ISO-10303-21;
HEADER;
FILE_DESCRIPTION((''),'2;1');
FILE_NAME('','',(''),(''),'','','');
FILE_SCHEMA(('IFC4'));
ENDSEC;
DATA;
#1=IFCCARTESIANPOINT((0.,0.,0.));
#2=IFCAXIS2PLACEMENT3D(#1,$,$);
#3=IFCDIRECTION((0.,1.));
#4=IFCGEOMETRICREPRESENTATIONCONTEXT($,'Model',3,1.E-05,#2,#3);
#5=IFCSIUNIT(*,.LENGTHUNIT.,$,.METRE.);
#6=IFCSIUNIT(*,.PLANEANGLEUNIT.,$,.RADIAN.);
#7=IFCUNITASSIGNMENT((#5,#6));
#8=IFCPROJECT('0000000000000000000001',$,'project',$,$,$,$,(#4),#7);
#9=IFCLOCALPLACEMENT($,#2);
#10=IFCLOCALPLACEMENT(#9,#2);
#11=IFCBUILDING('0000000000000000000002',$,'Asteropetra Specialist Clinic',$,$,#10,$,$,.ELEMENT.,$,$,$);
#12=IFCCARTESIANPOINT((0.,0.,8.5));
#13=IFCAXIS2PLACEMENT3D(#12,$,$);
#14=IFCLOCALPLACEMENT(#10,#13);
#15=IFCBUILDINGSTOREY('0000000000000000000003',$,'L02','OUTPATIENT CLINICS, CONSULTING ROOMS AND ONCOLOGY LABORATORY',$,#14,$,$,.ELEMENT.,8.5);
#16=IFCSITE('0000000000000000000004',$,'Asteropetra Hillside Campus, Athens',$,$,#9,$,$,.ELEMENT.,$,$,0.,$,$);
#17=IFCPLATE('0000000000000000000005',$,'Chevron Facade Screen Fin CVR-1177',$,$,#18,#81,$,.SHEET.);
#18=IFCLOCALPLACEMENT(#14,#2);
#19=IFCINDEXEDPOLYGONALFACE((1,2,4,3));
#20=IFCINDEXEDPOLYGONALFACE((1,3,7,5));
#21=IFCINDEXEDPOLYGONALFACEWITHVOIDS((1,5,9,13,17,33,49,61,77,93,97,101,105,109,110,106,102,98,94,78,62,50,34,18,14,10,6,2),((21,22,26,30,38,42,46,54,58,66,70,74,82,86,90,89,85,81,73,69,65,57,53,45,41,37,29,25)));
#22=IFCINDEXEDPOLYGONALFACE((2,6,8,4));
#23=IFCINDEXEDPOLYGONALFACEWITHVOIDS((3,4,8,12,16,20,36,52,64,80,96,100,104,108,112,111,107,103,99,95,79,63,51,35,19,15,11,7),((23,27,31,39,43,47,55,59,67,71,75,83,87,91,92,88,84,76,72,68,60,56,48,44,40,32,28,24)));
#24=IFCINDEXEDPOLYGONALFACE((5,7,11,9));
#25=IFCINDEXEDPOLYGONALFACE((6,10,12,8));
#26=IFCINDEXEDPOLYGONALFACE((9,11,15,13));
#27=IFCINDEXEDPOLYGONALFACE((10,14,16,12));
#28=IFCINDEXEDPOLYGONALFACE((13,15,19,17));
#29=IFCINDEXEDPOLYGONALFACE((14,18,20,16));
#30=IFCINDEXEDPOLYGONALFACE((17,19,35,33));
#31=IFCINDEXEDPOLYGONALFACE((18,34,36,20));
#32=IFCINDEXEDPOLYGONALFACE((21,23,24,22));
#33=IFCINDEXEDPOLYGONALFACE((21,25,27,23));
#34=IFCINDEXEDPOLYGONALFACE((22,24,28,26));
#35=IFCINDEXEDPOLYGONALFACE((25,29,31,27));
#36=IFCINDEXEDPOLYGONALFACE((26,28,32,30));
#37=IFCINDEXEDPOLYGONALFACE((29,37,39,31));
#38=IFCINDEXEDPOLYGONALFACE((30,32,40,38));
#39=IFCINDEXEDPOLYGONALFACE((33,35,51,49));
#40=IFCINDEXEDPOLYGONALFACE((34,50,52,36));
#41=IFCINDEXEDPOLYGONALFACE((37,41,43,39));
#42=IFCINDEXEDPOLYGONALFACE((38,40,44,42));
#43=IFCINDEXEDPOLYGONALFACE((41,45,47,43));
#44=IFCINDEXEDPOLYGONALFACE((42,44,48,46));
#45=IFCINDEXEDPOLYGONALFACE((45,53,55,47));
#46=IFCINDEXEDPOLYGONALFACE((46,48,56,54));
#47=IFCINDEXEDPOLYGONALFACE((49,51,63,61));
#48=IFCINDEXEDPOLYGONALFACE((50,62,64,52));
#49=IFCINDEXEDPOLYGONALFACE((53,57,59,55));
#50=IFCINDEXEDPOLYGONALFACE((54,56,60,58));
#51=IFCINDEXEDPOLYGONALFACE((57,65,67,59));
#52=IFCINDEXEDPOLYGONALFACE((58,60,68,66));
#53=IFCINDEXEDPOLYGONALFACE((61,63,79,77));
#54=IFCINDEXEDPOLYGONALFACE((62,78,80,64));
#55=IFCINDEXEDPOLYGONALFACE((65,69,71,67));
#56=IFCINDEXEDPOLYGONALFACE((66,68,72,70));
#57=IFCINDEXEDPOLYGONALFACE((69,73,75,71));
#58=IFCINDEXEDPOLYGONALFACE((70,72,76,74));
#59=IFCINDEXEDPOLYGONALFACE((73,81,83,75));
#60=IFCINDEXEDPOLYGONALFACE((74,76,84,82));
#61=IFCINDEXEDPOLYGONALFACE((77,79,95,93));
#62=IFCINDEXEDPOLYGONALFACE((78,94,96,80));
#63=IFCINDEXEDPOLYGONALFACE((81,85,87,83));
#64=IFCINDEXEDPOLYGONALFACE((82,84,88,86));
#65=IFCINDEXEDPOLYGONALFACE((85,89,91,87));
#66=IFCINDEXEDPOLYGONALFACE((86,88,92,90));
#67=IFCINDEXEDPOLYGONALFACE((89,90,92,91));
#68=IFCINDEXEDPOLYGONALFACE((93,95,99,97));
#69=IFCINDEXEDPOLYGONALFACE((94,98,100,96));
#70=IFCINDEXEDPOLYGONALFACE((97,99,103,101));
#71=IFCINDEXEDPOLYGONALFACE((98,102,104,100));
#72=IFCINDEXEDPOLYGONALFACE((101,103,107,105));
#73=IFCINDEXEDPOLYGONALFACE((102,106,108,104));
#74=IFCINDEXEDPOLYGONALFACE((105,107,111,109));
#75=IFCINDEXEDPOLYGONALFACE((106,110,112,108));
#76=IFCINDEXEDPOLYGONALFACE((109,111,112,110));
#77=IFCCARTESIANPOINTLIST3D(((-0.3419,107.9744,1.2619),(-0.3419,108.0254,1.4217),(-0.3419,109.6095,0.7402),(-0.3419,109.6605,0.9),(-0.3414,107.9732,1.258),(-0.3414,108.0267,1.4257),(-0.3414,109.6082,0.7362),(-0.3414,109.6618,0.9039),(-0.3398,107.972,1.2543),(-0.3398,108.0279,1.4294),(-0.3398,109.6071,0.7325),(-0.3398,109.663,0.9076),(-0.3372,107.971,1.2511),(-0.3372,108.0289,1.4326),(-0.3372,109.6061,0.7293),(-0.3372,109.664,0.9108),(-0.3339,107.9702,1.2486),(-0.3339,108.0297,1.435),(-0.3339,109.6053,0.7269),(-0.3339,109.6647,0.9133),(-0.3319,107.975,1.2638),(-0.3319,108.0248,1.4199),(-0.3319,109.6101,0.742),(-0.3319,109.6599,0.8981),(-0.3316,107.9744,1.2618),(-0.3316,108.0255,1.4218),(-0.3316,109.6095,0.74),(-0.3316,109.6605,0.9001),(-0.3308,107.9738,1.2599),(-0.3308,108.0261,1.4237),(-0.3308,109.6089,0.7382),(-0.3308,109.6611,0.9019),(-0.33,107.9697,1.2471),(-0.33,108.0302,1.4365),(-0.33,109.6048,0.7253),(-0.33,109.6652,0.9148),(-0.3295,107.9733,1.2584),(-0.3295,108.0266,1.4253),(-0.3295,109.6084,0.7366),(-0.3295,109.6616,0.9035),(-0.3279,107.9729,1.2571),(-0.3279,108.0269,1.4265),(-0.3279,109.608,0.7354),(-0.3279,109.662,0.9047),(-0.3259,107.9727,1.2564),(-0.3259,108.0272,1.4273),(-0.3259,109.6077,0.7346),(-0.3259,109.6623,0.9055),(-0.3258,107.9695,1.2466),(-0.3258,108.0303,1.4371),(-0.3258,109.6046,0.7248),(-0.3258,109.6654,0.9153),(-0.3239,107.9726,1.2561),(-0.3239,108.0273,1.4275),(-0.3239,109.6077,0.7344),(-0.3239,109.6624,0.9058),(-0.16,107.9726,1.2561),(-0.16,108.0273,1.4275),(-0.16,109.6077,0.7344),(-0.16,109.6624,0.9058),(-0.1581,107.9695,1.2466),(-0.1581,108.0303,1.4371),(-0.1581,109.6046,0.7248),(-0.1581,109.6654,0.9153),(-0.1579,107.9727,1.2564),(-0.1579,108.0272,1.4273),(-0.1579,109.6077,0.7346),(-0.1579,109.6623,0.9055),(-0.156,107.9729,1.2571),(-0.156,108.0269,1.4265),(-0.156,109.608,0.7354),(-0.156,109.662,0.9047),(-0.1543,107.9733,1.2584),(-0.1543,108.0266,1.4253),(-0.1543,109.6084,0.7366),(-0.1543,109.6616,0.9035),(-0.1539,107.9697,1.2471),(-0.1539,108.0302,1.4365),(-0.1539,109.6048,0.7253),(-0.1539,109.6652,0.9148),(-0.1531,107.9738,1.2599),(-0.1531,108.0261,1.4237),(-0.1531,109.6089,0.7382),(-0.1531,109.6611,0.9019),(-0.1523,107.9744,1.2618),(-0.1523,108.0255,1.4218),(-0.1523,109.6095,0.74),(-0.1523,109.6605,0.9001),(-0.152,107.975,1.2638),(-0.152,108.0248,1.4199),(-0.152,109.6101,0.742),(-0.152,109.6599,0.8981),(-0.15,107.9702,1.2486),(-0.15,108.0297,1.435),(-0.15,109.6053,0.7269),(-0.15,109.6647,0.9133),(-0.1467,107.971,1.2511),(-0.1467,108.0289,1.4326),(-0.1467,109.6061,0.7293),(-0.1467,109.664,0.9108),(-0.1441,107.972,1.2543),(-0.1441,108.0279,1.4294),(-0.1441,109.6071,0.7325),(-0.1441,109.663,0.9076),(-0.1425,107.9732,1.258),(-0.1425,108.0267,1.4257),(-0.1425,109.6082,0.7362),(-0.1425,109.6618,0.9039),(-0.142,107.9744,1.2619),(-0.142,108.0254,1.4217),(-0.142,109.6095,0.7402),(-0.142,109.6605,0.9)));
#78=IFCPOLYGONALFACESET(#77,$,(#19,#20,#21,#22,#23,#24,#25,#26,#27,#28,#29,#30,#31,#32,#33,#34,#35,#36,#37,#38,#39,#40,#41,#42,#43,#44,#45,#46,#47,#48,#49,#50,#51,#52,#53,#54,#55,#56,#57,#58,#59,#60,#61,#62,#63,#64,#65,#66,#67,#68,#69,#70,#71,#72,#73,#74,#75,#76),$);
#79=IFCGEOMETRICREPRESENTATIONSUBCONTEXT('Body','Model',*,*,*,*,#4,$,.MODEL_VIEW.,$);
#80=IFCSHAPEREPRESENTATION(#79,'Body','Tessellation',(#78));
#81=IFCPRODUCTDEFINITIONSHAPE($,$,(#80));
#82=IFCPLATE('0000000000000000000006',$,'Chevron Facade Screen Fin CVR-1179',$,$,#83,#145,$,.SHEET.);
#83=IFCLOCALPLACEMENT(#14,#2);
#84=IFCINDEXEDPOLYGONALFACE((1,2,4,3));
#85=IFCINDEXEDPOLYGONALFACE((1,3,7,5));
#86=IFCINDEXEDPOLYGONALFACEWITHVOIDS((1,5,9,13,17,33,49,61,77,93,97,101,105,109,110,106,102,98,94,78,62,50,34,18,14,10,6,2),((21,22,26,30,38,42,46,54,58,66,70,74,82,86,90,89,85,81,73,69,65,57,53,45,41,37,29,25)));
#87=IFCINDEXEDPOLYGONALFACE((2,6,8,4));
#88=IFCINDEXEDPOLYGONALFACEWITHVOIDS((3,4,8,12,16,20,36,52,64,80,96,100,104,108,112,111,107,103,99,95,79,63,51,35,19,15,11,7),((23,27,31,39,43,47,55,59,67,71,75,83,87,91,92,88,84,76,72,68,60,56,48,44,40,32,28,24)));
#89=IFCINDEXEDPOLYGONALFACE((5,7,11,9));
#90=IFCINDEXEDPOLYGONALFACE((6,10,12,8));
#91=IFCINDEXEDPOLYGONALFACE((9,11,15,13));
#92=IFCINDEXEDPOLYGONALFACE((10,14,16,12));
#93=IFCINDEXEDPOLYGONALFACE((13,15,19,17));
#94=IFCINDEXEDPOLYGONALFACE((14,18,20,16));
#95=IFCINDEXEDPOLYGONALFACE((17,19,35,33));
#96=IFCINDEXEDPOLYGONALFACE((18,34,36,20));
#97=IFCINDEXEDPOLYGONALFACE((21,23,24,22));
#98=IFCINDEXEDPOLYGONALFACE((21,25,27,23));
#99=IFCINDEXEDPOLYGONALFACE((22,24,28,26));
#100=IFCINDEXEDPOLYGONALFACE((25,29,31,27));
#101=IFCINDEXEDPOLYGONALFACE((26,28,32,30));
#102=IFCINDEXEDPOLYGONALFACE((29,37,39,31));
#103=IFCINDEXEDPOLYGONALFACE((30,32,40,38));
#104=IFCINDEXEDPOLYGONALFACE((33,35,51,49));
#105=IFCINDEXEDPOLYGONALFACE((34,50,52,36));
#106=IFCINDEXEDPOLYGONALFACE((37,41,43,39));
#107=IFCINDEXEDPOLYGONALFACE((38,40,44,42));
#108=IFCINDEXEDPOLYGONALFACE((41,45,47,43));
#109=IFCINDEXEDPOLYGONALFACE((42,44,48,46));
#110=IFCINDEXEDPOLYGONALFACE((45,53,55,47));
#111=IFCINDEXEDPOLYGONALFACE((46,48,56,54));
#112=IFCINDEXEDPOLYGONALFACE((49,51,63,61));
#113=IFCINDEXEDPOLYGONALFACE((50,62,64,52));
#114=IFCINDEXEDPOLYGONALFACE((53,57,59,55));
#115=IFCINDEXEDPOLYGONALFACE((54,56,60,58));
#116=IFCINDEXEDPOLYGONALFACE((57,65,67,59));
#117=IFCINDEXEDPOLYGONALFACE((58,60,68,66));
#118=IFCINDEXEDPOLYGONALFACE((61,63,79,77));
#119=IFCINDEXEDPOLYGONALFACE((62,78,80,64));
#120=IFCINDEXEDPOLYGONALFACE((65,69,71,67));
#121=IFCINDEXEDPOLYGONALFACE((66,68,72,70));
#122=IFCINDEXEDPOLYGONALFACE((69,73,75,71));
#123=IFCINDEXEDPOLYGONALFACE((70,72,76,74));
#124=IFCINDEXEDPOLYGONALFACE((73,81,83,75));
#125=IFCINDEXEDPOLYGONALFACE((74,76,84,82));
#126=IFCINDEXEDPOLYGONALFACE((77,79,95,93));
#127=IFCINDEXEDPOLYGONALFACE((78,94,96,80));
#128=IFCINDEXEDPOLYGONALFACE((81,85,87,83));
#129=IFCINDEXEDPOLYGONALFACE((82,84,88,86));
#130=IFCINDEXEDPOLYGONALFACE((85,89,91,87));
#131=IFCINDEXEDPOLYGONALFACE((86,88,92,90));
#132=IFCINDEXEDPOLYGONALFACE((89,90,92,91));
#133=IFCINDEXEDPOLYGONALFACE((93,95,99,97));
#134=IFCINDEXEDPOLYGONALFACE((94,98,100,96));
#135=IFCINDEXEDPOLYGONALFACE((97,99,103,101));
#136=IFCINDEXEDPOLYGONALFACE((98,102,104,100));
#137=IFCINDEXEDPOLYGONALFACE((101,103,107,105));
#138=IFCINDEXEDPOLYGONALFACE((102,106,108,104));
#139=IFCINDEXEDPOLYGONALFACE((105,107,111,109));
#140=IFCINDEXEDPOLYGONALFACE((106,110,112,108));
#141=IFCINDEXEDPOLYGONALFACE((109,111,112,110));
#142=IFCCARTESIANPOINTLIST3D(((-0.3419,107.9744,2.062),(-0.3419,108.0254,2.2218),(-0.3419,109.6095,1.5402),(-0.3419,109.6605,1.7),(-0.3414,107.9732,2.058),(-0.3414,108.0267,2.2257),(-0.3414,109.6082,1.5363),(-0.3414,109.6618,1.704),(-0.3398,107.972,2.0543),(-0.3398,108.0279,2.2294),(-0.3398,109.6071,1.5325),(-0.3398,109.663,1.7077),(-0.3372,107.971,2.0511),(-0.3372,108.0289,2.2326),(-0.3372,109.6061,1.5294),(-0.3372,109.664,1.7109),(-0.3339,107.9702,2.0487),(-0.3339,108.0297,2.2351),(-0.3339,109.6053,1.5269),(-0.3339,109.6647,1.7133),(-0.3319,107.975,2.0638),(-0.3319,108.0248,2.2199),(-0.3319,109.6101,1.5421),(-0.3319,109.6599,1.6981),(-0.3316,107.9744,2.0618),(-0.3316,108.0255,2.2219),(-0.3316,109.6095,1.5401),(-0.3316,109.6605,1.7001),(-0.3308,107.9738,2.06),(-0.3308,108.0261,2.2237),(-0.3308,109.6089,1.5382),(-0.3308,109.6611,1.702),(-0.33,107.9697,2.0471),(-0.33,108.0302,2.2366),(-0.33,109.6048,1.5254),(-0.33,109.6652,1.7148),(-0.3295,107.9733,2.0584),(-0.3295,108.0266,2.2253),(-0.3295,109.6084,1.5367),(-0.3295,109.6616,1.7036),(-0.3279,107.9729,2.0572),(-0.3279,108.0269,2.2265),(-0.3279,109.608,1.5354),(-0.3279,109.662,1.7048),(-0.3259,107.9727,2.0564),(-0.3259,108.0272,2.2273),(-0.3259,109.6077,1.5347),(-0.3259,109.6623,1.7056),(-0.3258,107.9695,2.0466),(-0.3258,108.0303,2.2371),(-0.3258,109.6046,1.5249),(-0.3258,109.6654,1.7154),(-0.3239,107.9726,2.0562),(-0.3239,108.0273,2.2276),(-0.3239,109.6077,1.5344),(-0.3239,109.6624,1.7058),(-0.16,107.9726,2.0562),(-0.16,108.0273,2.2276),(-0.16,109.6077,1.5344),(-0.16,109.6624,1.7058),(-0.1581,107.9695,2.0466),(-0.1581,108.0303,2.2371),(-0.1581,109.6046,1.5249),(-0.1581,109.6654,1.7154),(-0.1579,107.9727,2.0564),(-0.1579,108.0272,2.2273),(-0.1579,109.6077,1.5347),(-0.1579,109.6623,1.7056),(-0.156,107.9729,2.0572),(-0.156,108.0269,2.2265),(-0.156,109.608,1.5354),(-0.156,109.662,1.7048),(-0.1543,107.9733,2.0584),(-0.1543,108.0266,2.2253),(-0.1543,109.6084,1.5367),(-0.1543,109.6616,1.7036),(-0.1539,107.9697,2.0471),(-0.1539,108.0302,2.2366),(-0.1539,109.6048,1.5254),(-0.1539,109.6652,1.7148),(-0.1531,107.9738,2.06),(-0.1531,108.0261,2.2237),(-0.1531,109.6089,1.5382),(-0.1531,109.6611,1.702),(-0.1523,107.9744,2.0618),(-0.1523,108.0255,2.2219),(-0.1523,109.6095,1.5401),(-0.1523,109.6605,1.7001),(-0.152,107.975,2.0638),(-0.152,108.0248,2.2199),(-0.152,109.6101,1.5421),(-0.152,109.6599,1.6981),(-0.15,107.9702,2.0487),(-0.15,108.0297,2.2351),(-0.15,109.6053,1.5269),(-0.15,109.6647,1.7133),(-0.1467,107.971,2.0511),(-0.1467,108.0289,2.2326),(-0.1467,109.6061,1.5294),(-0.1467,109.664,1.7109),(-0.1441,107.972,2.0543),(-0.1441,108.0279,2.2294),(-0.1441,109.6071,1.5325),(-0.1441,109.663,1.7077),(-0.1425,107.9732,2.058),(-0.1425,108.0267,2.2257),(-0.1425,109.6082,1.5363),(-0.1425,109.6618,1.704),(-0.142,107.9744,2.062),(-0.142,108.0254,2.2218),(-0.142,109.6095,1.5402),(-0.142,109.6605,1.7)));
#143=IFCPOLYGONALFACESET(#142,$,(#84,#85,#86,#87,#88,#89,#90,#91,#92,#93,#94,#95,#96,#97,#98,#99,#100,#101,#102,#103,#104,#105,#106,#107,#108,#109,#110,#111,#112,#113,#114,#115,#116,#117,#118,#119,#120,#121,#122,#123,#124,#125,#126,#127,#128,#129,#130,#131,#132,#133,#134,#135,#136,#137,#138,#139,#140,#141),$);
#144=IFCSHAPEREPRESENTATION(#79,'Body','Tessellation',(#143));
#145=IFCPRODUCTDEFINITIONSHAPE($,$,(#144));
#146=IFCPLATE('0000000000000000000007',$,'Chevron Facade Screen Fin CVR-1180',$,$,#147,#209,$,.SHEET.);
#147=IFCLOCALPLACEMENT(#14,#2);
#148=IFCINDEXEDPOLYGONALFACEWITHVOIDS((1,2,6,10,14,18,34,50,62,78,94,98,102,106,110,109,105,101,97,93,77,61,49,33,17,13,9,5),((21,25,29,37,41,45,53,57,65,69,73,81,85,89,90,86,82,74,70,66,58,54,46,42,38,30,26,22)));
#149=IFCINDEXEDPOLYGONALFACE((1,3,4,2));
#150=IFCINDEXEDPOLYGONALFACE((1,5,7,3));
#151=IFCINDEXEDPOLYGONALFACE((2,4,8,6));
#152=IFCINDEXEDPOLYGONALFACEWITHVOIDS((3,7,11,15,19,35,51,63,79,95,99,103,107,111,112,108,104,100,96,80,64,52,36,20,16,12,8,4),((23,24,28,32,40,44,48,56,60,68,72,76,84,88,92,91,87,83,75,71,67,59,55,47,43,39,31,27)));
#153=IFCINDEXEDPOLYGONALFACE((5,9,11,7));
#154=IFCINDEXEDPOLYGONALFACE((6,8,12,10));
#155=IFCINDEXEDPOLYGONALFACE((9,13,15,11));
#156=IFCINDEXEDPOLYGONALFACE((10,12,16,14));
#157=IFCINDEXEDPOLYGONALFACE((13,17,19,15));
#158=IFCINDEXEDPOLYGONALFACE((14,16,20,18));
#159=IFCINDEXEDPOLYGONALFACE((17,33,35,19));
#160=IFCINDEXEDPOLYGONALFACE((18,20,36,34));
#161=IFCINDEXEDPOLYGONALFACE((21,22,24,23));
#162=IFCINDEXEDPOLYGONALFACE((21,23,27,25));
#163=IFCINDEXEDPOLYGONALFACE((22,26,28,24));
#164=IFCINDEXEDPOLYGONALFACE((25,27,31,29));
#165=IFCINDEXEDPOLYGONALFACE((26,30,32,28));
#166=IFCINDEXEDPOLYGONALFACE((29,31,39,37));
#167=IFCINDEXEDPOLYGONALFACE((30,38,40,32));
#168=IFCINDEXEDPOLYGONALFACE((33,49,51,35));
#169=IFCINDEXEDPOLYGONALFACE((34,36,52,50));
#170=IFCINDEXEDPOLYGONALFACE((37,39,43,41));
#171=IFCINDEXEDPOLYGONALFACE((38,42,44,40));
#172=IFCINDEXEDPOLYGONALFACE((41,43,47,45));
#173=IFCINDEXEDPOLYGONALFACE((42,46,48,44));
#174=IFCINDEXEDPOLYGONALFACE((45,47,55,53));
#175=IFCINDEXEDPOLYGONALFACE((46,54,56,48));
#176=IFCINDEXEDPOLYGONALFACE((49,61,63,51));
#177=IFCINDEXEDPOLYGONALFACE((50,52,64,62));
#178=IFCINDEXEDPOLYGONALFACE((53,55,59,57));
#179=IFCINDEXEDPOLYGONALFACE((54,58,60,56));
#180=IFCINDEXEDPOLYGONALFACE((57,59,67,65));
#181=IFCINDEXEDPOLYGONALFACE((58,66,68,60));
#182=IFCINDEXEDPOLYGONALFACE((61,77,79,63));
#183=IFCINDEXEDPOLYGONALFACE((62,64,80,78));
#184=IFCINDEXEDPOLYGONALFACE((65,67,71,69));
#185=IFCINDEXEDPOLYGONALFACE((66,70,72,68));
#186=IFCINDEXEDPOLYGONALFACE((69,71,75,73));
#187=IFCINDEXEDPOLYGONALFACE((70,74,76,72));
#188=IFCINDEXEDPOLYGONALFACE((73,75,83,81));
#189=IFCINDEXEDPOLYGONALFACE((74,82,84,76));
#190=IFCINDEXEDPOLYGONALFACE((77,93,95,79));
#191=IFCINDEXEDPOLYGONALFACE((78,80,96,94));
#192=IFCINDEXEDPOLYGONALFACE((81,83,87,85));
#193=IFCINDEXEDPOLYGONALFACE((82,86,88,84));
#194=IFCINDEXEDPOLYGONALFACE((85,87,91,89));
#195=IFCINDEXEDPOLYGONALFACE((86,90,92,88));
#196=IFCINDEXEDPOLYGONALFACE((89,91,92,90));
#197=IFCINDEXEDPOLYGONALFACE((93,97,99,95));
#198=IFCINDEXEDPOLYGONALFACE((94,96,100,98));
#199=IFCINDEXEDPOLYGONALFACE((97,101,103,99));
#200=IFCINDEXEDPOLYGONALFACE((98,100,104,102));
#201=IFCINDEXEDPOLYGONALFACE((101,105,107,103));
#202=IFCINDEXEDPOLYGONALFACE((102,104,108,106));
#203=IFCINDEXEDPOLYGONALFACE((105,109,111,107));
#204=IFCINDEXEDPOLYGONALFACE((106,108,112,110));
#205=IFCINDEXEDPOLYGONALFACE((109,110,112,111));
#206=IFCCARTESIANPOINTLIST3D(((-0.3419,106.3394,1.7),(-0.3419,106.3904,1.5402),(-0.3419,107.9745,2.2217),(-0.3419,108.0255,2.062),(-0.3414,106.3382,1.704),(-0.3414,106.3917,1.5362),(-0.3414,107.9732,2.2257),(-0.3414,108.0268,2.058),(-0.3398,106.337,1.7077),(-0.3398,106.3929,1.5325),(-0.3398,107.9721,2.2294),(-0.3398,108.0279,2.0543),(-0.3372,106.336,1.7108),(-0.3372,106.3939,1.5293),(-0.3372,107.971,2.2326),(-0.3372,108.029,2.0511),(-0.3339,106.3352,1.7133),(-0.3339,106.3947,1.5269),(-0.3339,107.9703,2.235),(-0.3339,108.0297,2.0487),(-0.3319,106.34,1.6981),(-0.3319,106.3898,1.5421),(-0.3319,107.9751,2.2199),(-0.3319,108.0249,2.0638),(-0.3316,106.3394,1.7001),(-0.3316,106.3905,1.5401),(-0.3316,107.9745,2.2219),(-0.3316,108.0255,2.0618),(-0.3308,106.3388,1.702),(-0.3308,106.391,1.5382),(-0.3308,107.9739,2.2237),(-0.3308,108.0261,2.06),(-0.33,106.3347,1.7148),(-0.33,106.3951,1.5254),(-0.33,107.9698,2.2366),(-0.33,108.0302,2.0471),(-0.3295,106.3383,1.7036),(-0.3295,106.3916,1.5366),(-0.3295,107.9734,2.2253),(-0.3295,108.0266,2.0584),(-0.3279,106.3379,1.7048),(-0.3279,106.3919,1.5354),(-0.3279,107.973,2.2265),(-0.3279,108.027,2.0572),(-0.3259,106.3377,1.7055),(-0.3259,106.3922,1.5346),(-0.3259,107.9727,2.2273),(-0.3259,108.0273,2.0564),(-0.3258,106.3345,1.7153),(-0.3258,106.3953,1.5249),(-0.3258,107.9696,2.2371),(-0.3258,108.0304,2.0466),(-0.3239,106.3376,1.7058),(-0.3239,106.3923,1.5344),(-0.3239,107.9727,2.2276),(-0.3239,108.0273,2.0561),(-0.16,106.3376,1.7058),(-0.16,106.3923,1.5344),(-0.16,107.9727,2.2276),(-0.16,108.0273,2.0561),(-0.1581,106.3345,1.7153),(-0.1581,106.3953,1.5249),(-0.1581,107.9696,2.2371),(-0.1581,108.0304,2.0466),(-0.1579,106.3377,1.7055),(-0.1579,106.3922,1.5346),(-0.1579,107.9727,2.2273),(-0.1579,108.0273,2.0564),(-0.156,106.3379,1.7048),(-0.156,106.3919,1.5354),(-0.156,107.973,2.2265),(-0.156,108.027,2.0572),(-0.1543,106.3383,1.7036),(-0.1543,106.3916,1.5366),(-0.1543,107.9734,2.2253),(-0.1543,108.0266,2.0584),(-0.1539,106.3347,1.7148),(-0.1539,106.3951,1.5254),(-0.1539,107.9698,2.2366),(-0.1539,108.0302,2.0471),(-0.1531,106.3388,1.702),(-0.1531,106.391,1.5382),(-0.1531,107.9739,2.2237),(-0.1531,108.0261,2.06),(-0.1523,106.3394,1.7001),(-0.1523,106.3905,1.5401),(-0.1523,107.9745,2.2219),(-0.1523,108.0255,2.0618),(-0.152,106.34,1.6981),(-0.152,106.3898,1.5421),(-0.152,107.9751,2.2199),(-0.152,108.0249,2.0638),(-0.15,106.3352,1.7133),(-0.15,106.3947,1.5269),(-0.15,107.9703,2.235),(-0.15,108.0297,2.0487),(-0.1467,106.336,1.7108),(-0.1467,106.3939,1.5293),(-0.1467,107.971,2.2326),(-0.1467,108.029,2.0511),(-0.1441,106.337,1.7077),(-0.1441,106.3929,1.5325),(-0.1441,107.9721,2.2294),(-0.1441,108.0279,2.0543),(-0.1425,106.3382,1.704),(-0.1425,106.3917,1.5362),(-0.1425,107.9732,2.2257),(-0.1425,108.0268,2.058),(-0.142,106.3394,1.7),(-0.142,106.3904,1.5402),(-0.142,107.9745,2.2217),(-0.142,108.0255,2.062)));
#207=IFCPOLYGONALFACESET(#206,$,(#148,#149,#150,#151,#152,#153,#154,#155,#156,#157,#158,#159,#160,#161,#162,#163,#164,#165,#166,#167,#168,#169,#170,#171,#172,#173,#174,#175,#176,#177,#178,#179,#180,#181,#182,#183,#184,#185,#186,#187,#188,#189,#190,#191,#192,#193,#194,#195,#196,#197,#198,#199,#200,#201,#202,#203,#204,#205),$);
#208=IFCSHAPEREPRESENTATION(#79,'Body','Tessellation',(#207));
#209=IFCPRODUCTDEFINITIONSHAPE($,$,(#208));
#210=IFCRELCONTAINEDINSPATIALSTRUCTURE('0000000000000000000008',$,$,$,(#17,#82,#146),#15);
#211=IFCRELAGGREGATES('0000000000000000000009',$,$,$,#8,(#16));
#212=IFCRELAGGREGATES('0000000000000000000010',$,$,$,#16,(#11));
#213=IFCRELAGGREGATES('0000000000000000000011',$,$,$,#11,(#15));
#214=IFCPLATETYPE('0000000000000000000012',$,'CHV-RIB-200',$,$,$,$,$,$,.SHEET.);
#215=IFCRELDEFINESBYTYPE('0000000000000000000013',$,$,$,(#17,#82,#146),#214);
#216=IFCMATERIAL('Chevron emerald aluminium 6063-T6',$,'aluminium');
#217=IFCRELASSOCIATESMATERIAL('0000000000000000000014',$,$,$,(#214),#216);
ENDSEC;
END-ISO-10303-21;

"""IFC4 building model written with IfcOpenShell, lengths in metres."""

from ifc_helpers import new_model, si_unit, direction, frame, origin, origin_2d, place, context, subcontext, project, spatial, hollow_rectangle, extrude, material, material_profile, profile_set, type_object, element, save


model = new_model("IFC4")

# Units and contexts
model_context = context("Model", 3, precision=1e-05, world=origin(), true_north=direction((0.0, 1.0)))
body_context = subcontext(model_context, "Body", "Model", "MODEL_VIEW")
ifc_project = project(units=[si_unit("LENGTHUNIT", "METRE"), si_unit("PLANEANGLEUNIT", "RADIAN")], contexts=[model_context])

# Site, building, storey
site_placement = place(None, origin())
site = spatial("IfcSite", under=ifc_project, at=site_placement, Name="Asteropetra Hillside Campus, Athens", CompositionType="ELEMENT", RefElevation=0.0)
building_placement = place(site_placement, origin())
building = spatial("IfcBuilding", under=site, at=building_placement, Name="Asteropetra Specialist Clinic", CompositionType="ELEMENT")
storey_placement = place(building_placement, frame((0.0, 0.0, 8.5)))
storey = spatial("IfcBuildingStorey", under=building, at=storey_placement, Name="L02", Description="OUTPATIENT CLINICS, CONSULTING ROOMS AND ONCOLOGY LABORATORY", CompositionType="ELEMENT", Elevation=8.5)

# Plates
ifc_material_1 = material(Name="Chevron emerald aluminium 6063-T6", Category="aluminium")
ifc_material_profile_1 = material_profile(ifc_material_1, hollow_rectangle(XDim=0.2, YDim=0.2, WallThickness=0.01, InnerFilletRadius=0.0081, OuterFilletRadius=0.0161, at=origin_2d()), Name="SHS 200x200x10.0")
ifc_profile_set_1 = profile_set([ifc_material_profile_1], Name="Chevron emerald aluminium 6063-T6")
plate_type_1 = type_object("IfcPlateType", Name="CHV-RIB-200", PredefinedType="SHEET", material=ifc_profile_set_1)
for number, where, z_axis, x_axis, name in (
    (1, (-0.2419, 109.635, 0.8201), (0.0, -0.952673, 0.303996), (1.0, 0.0, 0.0), "Chevron Facade Screen Fin CVR-1177"),
    (2, (-0.2419, 109.635, 1.6201), (0.0, -0.952673, 0.303996), (1.0, 0.0, 0.0), "Chevron Facade Screen Fin CVR-1179"),
    (3, (-0.2419, 108.0, 2.1418), (0.0, -0.952673, -0.303996), (1.0, 0.0, 0.0), "Chevron Facade Screen Fin CVR-1180"),
):
    element("IfcPlate", number, at=place(storey_placement, frame(where, z_axis=z_axis, x_axis=x_axis)), inside=storey, type_object=plate_type_1, Name=name, PredefinedType="SHEET", context=body_context, shape_type="SweptSolid", body=[
        extrude(hollow_rectangle(XDim=0.2, YDim=0.2, WallThickness=0.01, InnerFilletRadius=0.0081, OuterFilletRadius=0.0161, at=origin_2d()), origin(), (0.0, 0.0, 1.0), 1.7163),
    ])

save(model, "model.ifc")
